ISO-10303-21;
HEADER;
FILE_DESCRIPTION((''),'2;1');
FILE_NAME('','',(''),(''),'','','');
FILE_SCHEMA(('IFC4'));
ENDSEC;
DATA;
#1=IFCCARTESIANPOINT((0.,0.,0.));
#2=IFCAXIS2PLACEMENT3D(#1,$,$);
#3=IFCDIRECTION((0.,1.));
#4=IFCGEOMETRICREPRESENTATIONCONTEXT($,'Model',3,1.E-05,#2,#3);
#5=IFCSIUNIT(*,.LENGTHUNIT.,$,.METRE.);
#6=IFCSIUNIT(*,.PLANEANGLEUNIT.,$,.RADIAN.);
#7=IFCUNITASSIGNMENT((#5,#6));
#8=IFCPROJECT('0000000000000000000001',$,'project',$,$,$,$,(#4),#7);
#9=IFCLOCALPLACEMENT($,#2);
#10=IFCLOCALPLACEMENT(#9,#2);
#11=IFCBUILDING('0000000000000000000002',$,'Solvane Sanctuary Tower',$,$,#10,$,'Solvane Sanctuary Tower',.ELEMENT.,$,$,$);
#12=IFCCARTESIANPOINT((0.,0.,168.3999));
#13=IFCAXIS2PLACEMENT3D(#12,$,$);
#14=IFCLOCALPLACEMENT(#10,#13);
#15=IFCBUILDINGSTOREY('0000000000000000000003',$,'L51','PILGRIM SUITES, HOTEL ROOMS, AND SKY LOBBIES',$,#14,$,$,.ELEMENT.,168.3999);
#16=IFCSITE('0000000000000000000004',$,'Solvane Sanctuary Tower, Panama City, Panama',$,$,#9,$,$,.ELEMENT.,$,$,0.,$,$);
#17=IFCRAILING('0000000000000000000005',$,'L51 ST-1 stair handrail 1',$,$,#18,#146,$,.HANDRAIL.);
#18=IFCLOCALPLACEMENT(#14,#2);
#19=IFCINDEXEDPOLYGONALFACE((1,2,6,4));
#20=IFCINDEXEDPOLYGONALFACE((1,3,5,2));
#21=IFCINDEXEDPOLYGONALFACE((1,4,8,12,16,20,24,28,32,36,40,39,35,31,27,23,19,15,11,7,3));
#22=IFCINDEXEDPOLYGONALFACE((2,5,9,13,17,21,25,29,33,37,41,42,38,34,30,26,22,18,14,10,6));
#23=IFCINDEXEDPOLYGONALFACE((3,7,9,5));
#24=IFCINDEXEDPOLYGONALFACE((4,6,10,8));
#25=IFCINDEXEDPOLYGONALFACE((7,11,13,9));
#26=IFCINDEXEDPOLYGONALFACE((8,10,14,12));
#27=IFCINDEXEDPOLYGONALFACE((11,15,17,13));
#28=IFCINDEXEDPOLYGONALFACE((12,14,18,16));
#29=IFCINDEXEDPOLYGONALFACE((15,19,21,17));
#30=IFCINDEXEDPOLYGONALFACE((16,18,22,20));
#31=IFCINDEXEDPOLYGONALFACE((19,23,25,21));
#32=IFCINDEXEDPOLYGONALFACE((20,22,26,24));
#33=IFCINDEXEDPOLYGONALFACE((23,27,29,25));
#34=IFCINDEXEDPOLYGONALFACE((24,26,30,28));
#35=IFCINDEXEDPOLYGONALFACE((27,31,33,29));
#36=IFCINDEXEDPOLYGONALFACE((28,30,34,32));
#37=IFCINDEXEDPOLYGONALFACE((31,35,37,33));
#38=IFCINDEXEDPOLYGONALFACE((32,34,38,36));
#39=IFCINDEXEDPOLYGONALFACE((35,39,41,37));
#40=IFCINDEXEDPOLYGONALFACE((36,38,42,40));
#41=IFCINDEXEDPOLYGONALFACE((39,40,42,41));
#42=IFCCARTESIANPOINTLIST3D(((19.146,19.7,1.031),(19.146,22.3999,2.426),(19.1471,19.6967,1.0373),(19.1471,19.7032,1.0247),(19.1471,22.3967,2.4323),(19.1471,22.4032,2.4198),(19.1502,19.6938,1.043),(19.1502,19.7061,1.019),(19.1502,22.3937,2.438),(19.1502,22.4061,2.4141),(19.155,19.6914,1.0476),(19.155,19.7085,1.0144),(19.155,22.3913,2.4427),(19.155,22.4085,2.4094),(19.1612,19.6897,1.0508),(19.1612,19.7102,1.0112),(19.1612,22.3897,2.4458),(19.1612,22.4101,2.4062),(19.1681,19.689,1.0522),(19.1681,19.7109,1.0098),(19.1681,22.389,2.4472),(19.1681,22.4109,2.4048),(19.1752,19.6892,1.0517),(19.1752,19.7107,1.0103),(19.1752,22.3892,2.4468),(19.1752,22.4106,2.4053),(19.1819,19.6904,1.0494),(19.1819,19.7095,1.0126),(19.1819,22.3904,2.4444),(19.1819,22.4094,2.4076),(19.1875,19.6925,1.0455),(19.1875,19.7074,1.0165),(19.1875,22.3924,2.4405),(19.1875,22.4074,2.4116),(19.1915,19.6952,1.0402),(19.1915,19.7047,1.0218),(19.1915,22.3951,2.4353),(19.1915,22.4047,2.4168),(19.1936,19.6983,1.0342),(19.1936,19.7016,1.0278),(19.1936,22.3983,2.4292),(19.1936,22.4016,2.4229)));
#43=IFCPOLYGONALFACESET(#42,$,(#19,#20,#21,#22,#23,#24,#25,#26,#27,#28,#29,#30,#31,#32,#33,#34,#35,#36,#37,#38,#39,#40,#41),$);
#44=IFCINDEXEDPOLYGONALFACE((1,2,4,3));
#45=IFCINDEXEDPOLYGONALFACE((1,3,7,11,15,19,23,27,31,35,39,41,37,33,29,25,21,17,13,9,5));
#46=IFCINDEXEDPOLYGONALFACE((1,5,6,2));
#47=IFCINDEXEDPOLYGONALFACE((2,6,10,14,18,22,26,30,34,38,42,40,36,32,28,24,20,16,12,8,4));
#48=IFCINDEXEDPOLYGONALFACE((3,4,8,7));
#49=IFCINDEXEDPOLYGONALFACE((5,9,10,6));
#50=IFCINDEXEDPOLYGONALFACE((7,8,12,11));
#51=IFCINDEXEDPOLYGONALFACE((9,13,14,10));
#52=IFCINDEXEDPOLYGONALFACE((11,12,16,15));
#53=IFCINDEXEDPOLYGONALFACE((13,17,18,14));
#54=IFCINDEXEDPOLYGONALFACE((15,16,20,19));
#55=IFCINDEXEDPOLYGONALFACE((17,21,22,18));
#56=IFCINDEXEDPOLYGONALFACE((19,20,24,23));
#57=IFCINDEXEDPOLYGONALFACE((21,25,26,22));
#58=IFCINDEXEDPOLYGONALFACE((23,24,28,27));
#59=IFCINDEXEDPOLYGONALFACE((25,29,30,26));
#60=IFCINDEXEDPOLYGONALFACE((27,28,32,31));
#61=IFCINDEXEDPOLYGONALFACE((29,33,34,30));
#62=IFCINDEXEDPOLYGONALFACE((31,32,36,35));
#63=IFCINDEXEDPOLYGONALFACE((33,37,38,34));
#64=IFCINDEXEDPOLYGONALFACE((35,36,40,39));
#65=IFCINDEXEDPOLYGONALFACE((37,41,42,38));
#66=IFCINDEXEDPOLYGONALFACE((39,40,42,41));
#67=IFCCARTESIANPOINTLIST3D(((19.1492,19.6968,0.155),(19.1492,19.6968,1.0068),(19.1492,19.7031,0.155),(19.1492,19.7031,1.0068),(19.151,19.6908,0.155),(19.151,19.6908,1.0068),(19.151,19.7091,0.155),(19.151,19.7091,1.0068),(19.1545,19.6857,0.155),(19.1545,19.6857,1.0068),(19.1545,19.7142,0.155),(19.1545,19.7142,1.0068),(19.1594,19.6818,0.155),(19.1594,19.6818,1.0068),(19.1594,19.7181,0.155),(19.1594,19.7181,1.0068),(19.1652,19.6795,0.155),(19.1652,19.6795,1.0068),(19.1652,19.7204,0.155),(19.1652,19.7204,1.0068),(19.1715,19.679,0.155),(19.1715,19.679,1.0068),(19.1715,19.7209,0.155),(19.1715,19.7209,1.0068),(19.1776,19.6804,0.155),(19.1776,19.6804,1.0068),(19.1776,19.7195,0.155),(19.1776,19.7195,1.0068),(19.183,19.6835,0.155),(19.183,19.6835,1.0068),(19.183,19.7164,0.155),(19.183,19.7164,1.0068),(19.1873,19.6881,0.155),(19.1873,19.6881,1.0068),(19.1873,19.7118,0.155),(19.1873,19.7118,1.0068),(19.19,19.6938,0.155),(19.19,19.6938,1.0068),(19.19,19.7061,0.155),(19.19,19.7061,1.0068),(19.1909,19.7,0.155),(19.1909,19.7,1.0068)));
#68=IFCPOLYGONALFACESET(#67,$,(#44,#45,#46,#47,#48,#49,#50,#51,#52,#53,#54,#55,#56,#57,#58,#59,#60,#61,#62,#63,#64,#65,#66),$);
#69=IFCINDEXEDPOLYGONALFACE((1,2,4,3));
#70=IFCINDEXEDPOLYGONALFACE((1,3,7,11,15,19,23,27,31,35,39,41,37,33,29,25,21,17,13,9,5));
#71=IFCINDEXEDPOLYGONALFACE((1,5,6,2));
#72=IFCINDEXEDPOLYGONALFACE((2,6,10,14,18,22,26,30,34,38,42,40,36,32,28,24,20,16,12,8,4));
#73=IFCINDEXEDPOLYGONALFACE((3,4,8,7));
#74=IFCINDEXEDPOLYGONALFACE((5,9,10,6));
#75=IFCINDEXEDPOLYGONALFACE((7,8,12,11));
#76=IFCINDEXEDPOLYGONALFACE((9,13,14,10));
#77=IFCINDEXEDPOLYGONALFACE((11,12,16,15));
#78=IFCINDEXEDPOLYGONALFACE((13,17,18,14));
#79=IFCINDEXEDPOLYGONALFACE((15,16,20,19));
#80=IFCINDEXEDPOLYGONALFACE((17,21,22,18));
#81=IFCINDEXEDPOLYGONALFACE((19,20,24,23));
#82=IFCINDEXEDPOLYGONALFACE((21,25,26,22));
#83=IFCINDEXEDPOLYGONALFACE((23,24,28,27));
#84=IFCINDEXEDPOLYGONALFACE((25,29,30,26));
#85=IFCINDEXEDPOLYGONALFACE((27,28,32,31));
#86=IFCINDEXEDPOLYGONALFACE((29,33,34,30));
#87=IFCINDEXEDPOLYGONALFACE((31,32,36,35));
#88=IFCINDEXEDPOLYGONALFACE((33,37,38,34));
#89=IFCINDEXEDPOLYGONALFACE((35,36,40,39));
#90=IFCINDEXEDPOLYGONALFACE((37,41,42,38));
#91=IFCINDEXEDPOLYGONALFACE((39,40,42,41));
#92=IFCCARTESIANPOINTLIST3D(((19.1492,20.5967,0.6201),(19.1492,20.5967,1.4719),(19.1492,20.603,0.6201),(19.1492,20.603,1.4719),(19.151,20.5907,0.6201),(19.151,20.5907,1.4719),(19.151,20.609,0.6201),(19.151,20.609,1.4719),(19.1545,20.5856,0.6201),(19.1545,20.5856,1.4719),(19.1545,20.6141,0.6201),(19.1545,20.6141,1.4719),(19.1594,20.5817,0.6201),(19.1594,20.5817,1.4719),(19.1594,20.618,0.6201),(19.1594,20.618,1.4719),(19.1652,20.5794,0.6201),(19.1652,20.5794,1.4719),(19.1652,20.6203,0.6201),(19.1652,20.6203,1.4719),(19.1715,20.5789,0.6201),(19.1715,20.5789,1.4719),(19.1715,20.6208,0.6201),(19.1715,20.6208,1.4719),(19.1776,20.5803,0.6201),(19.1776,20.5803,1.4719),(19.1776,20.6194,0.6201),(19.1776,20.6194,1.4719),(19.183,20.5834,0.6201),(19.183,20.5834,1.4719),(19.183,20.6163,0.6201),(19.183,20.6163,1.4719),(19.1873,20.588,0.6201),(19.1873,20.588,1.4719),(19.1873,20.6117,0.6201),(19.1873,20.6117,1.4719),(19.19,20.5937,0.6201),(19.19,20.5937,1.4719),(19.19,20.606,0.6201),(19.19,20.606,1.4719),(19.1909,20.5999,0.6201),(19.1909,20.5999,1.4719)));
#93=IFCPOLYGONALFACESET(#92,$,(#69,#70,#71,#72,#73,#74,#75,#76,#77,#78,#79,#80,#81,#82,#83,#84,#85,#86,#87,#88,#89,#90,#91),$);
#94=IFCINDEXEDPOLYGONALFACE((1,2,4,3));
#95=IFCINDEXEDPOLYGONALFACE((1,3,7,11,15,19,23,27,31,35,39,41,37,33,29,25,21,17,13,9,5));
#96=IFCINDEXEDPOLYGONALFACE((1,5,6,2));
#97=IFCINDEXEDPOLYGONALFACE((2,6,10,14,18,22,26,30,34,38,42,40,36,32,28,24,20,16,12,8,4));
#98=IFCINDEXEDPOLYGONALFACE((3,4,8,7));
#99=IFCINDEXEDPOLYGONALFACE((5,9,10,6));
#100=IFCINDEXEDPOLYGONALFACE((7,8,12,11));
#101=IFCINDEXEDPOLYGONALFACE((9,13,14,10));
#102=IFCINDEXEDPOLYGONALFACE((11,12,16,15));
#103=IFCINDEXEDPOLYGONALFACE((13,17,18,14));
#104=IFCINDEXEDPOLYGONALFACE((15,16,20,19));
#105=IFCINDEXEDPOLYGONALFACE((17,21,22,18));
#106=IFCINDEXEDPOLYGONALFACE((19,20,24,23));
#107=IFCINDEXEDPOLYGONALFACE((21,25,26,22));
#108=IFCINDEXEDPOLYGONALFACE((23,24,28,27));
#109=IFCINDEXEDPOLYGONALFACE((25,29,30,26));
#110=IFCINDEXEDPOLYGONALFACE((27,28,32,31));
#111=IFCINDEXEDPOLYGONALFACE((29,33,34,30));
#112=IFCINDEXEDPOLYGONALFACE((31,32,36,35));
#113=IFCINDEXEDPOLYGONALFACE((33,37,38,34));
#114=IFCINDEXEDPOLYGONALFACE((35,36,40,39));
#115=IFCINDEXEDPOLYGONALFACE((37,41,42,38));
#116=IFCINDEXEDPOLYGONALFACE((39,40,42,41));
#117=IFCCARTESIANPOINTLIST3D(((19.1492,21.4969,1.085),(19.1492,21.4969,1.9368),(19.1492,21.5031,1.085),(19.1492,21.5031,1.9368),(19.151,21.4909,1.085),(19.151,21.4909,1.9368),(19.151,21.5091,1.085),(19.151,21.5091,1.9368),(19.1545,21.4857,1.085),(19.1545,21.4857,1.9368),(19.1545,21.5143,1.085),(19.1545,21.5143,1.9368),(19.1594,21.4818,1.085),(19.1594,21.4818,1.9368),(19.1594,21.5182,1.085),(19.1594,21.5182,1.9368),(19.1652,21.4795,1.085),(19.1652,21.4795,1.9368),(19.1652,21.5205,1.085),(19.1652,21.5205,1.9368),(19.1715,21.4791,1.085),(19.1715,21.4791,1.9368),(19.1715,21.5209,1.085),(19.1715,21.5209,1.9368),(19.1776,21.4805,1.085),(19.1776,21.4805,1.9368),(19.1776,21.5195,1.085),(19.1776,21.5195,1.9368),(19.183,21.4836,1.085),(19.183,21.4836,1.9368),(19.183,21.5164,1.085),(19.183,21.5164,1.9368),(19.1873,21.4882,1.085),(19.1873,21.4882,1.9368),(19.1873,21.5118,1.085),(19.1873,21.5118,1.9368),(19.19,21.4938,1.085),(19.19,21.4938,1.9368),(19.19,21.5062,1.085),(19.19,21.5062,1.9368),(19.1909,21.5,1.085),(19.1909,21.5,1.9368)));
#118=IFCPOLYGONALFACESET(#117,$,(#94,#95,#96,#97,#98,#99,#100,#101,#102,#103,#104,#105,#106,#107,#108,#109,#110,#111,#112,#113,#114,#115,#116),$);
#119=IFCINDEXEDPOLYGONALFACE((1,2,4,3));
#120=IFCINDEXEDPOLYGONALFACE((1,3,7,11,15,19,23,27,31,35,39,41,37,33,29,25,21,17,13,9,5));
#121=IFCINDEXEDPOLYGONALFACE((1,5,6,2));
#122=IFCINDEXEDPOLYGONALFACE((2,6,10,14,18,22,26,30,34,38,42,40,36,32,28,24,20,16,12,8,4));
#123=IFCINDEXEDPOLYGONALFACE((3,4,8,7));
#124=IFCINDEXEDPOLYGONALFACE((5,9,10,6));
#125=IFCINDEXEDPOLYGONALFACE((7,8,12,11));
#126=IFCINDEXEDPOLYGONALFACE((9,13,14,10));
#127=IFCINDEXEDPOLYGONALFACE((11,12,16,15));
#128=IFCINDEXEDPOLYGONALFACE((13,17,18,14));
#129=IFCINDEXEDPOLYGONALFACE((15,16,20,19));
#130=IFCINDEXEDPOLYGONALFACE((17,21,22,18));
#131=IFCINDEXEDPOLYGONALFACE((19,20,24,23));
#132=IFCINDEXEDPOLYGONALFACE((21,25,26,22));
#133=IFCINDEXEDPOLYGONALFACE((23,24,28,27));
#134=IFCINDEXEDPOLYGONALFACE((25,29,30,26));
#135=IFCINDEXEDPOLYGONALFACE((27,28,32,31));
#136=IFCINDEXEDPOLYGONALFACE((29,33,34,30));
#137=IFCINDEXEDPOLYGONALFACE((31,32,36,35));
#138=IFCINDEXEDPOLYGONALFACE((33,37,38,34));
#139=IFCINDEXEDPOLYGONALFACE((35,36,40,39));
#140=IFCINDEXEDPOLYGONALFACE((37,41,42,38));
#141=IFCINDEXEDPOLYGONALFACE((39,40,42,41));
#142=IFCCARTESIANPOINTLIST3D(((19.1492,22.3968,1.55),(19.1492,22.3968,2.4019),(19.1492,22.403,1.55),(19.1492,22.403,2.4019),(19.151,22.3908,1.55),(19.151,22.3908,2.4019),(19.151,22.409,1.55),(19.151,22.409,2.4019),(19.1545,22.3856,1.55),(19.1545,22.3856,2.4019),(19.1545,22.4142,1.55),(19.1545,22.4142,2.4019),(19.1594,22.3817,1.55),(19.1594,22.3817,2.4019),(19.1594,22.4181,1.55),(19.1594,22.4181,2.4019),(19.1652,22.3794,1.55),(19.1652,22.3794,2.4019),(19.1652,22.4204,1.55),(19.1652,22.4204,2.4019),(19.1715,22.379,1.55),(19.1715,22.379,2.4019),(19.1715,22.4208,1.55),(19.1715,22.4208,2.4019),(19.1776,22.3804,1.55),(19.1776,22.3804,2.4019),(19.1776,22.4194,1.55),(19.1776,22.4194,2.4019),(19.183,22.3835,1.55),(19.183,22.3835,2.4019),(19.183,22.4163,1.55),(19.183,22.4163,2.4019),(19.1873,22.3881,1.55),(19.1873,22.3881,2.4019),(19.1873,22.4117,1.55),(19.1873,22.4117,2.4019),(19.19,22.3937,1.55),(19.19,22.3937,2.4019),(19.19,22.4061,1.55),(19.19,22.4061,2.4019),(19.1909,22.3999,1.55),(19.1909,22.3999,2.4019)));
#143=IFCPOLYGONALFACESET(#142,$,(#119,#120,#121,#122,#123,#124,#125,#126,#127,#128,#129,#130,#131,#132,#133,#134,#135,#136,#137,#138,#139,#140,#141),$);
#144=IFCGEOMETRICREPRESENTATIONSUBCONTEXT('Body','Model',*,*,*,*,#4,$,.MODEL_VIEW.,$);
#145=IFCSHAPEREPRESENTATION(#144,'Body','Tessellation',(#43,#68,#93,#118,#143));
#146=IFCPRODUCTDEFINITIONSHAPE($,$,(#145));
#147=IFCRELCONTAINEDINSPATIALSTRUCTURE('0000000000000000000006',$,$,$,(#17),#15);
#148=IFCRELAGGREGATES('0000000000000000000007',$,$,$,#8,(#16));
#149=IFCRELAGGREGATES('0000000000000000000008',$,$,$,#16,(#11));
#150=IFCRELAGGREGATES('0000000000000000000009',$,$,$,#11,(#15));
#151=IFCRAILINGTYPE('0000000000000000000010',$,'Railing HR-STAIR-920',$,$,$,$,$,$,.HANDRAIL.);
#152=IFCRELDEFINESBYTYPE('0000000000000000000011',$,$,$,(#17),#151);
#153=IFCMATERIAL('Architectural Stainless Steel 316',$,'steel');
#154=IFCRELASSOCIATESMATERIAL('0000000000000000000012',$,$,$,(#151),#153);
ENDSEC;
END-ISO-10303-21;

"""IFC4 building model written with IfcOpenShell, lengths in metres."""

from ifc_helpers import new_model, si_unit, direction, frame, origin, origin_2d, place, context, subcontext, project, spatial, circle, extrude, material, type_object, element, save


model = new_model("IFC4")

# Units and contexts
model_context = context("Model", 3, precision=1e-05, world=origin(), true_north=direction((0.0, 1.0)))
body_context = subcontext(model_context, "Body", "Model", "MODEL_VIEW")
ifc_project = project(units=[si_unit("LENGTHUNIT", "METRE"), si_unit("PLANEANGLEUNIT", "RADIAN")], contexts=[model_context])

# Site, building, storey
site_placement = place(None, origin())
site = spatial("IfcSite", under=ifc_project, at=site_placement, Name="Solvane Sanctuary Tower, Panama City, Panama", CompositionType="ELEMENT", RefElevation=0.0)
building_placement = place(site_placement, origin())
building = spatial("IfcBuilding", under=site, at=building_placement, Name="Solvane Sanctuary Tower", LongName="Solvane Sanctuary Tower", CompositionType="ELEMENT")
storey_placement = place(building_placement, frame((0.0, 0.0, 168.3999)))
storey = spatial("IfcBuildingStorey", under=building, at=storey_placement, Name="L51", Description="PILGRIM SUITES, HOTEL ROOMS, AND SKY LOBBIES", CompositionType="ELEMENT", Elevation=168.3999)

# Shared definitions
ifc_material_1 = material(Name="Architectural Stainless Steel 316", Category="steel")

# Railing
railing_type_1 = type_object("IfcRailingType", Name="Railing HR-STAIR-920", PredefinedType="HANDRAIL", material=ifc_material_1)
railing_1_placement = place(storey_placement, frame((19.1699, 19.7, 0.155)))
element("IfcRailing", 1, at=railing_1_placement, inside=storey, type_object=railing_type_1, Name="L51 ST-1 stair handrail 1", PredefinedType="HANDRAIL", context=body_context, shape_type="SweptSolid", body=[
    extrude(circle(Radius=0.0239, at=origin_2d()), frame((0.0, 0.0, 0.876), z_axis=(0.0, 0.88842, 0.459032), x_axis=(-1.0, 0.0, 0.0)), (0.0, 0.0, 1.0), 3.0391),
    extrude(circle(Radius=0.021, at=origin_2d()), origin(), (0.0, 0.0, 1.0), 0.8518),
    extrude(circle(Radius=0.021, at=origin_2d()), frame((0.0, 0.8999, 0.4651)), (0.0, 0.0, 1.0), 0.8518),
    extrude(circle(Radius=0.021, at=origin_2d()), frame((0.0, 1.8, 0.9299)), (0.0, 0.0, 1.0), 0.8518),
    extrude(circle(Radius=0.021, at=origin_2d()), frame((0.0, 2.7, 1.395)), (0.0, 0.0, 1.0), 0.8518),
])

save(model, "model.ifc")
